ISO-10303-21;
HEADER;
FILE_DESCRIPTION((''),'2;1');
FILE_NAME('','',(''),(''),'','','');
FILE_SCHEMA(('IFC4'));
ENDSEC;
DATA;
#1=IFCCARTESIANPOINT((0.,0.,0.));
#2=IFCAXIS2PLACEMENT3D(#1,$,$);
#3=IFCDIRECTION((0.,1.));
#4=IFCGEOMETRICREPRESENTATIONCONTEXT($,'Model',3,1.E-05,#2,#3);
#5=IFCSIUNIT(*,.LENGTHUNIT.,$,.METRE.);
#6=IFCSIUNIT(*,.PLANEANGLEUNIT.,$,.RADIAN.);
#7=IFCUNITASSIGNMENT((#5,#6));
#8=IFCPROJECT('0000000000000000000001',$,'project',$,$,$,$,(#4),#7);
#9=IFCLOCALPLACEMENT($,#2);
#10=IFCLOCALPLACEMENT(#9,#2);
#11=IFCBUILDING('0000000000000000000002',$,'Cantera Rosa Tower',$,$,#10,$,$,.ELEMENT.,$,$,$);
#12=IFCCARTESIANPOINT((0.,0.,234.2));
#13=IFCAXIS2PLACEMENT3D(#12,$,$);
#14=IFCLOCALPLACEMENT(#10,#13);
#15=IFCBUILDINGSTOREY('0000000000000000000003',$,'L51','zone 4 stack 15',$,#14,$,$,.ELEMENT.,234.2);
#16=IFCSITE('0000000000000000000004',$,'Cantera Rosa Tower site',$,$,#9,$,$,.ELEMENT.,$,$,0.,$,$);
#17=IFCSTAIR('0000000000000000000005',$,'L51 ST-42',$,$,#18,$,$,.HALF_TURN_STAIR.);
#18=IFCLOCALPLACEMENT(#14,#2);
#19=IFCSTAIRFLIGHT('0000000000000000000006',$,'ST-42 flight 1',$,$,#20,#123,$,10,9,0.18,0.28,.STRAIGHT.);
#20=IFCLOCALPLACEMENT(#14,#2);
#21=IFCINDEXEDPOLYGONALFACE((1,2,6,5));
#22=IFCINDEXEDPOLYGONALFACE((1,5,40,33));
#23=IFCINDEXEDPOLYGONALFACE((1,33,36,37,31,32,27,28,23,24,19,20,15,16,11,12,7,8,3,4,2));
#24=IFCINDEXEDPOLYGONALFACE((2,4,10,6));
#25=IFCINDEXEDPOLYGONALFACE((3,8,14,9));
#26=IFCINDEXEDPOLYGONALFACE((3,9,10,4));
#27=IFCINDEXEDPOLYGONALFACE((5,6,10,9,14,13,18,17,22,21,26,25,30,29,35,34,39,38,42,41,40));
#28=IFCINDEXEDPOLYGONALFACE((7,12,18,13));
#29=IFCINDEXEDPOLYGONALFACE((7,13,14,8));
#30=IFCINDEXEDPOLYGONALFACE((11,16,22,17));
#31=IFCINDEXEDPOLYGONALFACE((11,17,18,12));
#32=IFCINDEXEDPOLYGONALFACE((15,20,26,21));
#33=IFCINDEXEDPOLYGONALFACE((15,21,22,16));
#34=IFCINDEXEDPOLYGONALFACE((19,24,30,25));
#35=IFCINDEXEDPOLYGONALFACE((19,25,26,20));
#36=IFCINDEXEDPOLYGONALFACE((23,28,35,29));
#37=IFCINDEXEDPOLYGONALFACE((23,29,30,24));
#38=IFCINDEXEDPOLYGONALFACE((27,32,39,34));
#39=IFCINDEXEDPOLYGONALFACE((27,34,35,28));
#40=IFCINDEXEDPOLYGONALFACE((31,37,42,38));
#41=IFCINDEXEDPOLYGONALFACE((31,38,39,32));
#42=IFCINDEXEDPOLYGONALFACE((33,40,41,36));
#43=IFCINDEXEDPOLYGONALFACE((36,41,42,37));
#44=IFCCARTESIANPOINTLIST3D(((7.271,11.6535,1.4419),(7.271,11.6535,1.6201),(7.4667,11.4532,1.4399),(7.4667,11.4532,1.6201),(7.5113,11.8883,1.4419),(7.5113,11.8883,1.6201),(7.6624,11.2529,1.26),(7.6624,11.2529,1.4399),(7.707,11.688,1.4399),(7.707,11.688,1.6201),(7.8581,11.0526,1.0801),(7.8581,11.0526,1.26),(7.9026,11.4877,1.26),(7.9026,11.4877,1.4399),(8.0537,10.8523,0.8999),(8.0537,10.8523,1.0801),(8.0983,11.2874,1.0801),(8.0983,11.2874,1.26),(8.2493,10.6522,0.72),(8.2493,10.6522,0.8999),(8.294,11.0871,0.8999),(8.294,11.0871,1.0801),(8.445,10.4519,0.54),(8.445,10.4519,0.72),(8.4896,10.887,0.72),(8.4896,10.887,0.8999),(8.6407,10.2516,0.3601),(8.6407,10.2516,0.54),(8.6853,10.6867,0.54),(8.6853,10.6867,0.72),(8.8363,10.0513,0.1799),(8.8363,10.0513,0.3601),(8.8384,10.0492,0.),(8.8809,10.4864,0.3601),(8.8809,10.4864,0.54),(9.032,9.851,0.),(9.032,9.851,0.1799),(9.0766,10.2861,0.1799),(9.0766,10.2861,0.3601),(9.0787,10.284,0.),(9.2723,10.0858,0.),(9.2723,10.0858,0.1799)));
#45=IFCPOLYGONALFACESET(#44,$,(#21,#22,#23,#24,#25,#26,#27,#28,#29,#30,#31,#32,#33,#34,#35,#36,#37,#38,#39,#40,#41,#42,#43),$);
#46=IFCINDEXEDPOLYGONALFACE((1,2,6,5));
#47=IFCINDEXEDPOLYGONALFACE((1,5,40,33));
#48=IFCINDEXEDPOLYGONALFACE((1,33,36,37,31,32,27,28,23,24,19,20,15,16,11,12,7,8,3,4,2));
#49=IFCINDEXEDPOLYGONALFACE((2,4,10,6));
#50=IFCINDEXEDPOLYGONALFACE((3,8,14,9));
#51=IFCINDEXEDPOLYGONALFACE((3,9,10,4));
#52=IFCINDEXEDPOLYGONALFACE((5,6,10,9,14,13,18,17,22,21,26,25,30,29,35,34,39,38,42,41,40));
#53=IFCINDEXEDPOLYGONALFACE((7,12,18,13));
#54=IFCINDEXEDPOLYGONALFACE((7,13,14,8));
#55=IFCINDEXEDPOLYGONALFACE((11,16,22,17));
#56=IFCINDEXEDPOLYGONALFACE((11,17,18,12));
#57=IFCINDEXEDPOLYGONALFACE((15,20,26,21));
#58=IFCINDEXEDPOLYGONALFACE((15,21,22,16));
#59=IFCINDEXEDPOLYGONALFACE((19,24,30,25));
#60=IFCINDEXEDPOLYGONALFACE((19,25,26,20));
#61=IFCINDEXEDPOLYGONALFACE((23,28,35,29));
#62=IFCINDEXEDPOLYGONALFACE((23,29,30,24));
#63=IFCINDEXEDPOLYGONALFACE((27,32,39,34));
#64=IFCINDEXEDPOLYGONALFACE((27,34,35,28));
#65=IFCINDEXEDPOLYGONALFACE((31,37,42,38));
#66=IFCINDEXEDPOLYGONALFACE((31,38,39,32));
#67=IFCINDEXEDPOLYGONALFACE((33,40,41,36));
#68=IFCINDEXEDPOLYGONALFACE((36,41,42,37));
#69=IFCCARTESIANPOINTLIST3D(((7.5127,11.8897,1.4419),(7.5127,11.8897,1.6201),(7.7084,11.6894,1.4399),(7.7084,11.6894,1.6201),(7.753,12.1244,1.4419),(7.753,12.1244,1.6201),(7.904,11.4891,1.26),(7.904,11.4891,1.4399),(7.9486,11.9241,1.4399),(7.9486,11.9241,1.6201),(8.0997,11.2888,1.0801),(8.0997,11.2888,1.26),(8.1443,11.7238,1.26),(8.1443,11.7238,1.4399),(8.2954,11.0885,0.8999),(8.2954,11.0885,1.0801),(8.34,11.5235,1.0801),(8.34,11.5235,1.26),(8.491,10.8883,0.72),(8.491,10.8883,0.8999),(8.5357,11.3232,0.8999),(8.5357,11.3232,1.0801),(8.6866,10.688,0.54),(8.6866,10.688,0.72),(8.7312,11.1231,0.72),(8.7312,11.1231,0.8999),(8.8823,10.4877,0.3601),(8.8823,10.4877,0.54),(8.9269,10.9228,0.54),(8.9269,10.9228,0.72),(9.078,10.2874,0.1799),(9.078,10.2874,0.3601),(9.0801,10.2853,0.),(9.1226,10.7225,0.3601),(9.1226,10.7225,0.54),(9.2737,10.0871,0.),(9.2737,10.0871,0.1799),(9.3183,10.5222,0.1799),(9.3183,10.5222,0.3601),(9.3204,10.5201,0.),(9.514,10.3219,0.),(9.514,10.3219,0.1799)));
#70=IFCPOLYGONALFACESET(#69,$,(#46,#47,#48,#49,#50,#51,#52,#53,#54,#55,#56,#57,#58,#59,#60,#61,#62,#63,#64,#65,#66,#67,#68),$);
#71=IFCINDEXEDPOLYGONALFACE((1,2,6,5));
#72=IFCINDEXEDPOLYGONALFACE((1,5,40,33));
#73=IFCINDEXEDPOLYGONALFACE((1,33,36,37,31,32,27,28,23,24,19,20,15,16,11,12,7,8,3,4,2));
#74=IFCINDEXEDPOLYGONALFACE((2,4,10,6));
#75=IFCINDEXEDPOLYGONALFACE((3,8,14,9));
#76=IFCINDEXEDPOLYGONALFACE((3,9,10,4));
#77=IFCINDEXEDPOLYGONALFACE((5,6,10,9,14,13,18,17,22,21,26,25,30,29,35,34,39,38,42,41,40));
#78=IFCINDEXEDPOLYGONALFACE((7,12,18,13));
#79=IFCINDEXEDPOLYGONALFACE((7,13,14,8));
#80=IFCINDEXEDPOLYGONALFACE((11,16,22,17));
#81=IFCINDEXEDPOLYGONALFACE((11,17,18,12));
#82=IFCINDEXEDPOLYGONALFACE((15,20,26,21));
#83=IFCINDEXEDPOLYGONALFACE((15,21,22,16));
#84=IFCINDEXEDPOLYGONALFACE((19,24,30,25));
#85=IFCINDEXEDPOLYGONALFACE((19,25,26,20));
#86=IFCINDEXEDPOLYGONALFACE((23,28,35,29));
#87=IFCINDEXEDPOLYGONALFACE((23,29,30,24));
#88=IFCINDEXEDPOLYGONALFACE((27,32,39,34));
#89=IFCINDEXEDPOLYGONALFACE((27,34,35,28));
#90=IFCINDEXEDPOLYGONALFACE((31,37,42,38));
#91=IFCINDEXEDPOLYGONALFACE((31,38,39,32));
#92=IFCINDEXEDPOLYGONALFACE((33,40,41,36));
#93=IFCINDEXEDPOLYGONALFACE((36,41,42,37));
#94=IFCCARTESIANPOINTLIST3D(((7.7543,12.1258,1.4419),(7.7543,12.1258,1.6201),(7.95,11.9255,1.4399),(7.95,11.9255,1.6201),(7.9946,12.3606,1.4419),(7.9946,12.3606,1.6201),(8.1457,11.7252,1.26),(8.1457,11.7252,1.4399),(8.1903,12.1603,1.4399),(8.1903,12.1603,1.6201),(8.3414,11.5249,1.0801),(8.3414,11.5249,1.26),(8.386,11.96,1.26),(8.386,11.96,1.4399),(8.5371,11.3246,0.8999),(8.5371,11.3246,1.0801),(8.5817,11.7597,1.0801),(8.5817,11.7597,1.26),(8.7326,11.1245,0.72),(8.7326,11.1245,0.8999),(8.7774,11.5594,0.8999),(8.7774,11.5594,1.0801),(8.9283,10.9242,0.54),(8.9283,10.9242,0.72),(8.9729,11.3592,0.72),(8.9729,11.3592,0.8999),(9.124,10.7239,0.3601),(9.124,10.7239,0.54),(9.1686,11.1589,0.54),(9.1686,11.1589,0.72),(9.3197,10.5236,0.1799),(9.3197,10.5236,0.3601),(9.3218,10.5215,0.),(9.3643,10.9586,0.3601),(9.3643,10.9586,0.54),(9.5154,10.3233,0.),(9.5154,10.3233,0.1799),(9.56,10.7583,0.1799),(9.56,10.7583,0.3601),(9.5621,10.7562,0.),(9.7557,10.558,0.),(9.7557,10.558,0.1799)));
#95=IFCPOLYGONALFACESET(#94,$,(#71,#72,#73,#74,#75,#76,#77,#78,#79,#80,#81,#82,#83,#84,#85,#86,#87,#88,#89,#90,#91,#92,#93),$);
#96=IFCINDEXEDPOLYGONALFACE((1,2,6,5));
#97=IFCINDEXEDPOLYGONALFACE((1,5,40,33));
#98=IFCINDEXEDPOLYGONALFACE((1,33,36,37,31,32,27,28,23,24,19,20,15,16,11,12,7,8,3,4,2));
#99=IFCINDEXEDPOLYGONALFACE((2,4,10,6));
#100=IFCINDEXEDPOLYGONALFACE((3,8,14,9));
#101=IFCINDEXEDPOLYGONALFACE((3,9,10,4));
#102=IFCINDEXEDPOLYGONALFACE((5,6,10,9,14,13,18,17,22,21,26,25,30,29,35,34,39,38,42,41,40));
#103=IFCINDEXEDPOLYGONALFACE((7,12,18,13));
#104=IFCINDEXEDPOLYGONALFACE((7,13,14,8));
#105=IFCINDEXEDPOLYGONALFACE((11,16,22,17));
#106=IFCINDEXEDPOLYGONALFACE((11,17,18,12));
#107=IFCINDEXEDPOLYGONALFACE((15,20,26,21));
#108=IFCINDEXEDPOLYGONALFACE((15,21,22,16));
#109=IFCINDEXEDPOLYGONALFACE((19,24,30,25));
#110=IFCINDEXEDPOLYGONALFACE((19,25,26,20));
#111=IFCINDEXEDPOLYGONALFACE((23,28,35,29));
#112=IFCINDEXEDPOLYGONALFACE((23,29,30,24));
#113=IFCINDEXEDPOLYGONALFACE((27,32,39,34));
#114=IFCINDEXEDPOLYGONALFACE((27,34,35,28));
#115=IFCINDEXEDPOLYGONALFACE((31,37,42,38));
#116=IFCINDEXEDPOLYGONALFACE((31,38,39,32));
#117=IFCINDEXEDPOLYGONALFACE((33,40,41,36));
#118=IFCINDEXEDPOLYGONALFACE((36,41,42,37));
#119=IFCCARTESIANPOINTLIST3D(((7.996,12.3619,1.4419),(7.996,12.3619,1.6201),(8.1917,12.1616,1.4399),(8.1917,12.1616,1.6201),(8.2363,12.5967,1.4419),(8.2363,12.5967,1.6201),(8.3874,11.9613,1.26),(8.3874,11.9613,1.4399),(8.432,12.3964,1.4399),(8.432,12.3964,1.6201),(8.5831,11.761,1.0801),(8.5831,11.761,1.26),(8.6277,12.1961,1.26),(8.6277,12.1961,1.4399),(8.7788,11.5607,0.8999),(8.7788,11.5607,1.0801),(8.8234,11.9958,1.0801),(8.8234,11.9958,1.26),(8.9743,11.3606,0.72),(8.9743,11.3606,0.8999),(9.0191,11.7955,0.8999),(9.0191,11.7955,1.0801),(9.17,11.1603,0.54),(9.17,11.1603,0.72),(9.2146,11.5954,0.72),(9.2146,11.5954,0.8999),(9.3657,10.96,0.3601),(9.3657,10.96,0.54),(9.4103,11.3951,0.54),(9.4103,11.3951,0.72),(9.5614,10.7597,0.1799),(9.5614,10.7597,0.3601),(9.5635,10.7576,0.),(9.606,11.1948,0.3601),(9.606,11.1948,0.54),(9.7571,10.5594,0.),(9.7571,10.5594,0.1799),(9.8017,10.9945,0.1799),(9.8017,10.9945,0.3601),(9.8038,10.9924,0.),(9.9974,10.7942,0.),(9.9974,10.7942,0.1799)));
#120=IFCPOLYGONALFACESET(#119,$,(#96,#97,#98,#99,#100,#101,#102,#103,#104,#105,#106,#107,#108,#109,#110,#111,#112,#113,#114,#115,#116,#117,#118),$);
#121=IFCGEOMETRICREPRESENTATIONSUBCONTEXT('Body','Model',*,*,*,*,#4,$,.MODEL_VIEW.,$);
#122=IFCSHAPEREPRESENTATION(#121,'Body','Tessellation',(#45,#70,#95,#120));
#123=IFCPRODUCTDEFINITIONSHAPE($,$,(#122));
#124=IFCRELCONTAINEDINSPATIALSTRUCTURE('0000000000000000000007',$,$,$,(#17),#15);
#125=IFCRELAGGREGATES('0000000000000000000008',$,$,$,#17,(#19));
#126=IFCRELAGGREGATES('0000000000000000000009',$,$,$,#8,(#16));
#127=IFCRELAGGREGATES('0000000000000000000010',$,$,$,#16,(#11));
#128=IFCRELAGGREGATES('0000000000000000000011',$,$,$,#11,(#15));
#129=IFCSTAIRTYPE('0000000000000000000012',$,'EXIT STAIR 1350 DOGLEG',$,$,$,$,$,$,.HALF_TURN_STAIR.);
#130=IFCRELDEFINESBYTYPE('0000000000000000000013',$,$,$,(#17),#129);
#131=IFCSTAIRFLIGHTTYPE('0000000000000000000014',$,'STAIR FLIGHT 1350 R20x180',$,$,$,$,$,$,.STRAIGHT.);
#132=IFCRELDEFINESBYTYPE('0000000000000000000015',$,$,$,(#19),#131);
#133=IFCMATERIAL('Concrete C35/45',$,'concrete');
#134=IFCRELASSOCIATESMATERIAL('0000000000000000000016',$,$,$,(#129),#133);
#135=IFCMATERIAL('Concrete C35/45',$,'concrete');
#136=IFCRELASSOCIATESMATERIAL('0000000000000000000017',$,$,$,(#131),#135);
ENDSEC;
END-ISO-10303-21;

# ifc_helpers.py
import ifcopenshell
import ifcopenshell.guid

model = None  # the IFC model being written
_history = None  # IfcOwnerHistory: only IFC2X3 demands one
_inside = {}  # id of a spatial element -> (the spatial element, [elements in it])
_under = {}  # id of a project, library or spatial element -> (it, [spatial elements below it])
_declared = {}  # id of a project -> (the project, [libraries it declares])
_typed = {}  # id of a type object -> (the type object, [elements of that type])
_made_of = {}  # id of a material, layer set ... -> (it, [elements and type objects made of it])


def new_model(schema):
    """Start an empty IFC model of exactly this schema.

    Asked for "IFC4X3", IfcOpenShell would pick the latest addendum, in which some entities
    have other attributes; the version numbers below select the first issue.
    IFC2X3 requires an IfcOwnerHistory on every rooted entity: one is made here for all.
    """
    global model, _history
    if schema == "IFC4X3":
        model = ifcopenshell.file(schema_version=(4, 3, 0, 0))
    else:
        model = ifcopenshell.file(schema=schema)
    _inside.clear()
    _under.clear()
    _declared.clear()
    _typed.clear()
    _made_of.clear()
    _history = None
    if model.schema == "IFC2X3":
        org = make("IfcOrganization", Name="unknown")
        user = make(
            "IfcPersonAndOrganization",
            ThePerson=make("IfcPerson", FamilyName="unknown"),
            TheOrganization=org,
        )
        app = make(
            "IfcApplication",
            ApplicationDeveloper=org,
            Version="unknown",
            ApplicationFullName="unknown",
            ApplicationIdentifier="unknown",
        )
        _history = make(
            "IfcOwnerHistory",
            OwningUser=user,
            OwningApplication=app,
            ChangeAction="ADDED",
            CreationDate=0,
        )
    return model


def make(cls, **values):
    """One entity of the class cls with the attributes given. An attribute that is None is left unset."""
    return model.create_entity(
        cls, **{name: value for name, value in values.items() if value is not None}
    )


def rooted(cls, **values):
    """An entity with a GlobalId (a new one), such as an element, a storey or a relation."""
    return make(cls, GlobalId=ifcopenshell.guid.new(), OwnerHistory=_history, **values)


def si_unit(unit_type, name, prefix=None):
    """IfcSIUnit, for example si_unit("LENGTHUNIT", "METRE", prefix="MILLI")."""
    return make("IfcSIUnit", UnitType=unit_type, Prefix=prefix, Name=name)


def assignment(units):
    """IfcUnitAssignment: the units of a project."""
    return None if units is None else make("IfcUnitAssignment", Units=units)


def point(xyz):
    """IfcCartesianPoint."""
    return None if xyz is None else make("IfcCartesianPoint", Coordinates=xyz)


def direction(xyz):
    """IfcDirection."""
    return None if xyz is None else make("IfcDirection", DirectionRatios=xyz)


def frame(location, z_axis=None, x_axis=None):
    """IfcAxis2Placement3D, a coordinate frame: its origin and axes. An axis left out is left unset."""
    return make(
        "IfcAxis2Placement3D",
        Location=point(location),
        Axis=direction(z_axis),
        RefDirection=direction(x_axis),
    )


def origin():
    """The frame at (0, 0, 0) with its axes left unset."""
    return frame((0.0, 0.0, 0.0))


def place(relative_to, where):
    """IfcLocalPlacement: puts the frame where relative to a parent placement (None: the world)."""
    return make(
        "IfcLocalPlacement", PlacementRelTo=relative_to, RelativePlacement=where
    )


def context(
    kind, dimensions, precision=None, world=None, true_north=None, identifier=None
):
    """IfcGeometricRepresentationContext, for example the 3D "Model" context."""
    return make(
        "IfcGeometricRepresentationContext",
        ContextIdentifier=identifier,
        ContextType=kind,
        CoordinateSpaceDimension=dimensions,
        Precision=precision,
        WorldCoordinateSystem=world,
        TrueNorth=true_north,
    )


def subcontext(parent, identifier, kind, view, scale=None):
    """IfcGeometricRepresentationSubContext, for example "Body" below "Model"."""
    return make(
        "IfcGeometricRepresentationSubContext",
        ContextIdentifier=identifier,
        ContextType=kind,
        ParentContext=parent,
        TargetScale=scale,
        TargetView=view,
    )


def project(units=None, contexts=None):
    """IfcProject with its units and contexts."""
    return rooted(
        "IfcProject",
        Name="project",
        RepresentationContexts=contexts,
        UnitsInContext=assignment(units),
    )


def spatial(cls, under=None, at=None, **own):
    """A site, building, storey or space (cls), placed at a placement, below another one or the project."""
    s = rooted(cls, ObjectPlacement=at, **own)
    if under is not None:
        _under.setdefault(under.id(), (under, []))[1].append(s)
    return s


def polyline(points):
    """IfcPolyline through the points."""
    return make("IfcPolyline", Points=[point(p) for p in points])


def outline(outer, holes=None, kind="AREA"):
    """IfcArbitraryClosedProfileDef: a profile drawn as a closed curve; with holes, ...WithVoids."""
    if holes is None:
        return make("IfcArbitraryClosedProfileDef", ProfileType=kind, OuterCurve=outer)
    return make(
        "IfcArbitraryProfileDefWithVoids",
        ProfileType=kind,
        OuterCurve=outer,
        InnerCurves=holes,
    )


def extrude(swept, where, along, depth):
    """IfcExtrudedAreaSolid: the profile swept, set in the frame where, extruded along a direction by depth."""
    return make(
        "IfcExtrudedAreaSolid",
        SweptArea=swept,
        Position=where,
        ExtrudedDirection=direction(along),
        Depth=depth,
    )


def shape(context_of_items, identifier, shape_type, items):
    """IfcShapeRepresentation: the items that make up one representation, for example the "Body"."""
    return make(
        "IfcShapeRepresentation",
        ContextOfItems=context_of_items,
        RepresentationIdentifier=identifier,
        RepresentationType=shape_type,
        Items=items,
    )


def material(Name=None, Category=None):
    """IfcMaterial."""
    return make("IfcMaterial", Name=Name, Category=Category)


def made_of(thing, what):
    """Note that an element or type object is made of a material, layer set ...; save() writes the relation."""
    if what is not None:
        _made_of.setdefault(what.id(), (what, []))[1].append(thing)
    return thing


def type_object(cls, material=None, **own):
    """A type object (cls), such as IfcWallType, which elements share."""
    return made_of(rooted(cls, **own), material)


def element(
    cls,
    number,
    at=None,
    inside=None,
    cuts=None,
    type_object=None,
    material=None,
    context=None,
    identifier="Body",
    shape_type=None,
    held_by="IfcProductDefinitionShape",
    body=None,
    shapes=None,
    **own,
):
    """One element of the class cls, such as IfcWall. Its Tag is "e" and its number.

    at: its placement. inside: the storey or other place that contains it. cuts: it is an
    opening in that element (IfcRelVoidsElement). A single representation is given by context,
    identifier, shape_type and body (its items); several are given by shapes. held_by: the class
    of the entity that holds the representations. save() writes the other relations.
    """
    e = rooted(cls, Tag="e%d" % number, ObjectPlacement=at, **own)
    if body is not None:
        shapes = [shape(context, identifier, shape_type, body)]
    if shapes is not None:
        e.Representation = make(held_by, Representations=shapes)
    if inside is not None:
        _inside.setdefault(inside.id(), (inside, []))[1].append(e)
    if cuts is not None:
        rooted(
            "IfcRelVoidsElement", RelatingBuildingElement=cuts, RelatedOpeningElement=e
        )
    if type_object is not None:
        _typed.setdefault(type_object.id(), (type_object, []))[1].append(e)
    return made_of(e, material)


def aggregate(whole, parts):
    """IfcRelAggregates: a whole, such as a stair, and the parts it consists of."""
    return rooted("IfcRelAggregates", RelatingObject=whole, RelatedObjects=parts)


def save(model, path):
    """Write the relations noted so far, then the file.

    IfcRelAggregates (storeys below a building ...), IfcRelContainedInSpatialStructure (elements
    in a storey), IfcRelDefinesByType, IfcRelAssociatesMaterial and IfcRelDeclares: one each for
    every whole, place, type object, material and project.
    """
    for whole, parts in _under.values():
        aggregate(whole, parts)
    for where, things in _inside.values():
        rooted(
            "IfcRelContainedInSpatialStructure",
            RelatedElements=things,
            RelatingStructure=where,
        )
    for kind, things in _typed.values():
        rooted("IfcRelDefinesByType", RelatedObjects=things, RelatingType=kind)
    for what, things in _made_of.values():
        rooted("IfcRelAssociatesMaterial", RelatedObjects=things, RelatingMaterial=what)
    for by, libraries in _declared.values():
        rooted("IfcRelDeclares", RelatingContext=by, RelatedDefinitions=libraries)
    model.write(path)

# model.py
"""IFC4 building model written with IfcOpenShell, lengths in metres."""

from ifc_helpers import new_model, si_unit, direction, frame, origin, place, context, subcontext, project, spatial, polyline, outline, extrude, material, type_object, element, aggregate, save


model = new_model("IFC4")

# Units and contexts
model_context = context("Model", 3, precision=1e-05, world=origin(), true_north=direction((0.0, 1.0)))
body_context = subcontext(model_context, "Body", "Model", "MODEL_VIEW")
ifc_project = project(units=[si_unit("LENGTHUNIT", "METRE"), si_unit("PLANEANGLEUNIT", "RADIAN")], contexts=[model_context])

# Site, building, storey
site_placement = place(None, origin())
site = spatial("IfcSite", under=ifc_project, at=site_placement, Name="Cantera Rosa Tower site", CompositionType="ELEMENT", RefElevation=0.0)
building_placement = place(site_placement, origin())
building = spatial("IfcBuilding", under=site, at=building_placement, Name="Cantera Rosa Tower", CompositionType="ELEMENT")
storey_placement = place(building_placement, frame((0.0, 0.0, 234.2)))
storey = spatial("IfcBuildingStorey", under=building, at=storey_placement, Name="L51", Description="zone 4 stack 15", CompositionType="ELEMENT", Elevation=234.2)

# Shared definitions
ifc_material_1 = material(Name="Concrete C35/45", Category="concrete")
stair_type = type_object("IfcStairType", Name="EXIT STAIR 1350 DOGLEG", PredefinedType="HALF_TURN_STAIR", material=ifc_material_1)
ifc_material_2 = material(Name="Concrete C35/45", Category="concrete")
stair_flight_type = type_object("IfcStairFlightType", Name="STAIR FLIGHT 1350 R20x180", PredefinedType="STRAIGHT", material=ifc_material_2)

# Stair, stair flight
stair_1_placement = place(storey_placement, origin())
stair_1 = element("IfcStair", 1, at=stair_1_placement, inside=storey, type_object=stair_type, Name="L51 ST-42", PredefinedType="HALF_TURN_STAIR")
stair_flight_1_placement = place(storey_placement, frame((9.5149, 10.3228, 0.0), z_axis=(0.0, 0.0, 1.0), x_axis=(-0.698832, 0.715286, 0.0)))
stair_flight_1 = element("IfcStairFlight", 2, at=stair_flight_1_placement, type_object=stair_flight_type, Name="ST-42 flight 1", NumberOfRisers=10, NumberOfTreads=9, PredefinedType="STRAIGHT", RiserHeight=0.18, TreadLength=0.28, context=body_context, shape_type="SweptSolid", body=[
    extrude(outline(polyline([(0.0, 0.0), (0.0, 0.1799), (0.28, 0.1799), (0.28, 0.3601), (0.5601, 0.3601), (0.5601, 0.54), (0.8401, 0.54), (0.8401, 0.72), (1.1201, 0.72), (1.1201, 0.8999), (1.3999, 0.8999), (1.3999, 1.0801), (1.6799, 1.0801), (1.6799, 1.26), (1.96, 1.26), (1.96, 1.4399), (2.24, 1.4399), (2.24, 1.6201), (2.52, 1.6201), (2.52, 1.8), (2.52, 1.4419), (0.2771, 0.0), (0.0, 0.0)])), frame((0.0, 0.675, 0.0), z_axis=(0.0, -1.0, 0.0), x_axis=(1.0, 0.0, 0.0)), (0.0, 0.0, 1.0), 0.3359),
    extrude(outline(polyline([(0.0, 0.0), (0.0, 0.1799), (0.28, 0.1799), (0.28, 0.3601), (0.5601, 0.3601), (0.5601, 0.54), (0.8401, 0.54), (0.8401, 0.72), (1.1201, 0.72), (1.1201, 0.8999), (1.3999, 0.8999), (1.3999, 1.0801), (1.6799, 1.0801), (1.6799, 1.26), (1.96, 1.26), (1.96, 1.4399), (2.24, 1.4399), (2.24, 1.6201), (2.52, 1.6201), (2.52, 1.8), (2.52, 1.4419), (0.2771, 0.0), (0.0, 0.0)])), frame((0.0, 0.3372, 0.0), z_axis=(0.0, -1.0, 0.0), x_axis=(1.0, 0.0, 0.0)), (0.0, 0.0, 1.0), 0.3359),
    extrude(outline(polyline([(0.0, 0.0), (0.0, 0.1799), (0.28, 0.1799), (0.28, 0.3601), (0.5601, 0.3601), (0.5601, 0.54), (0.8401, 0.54), (0.8401, 0.72), (1.1201, 0.72), (1.1201, 0.8999), (1.3999, 0.8999), (1.3999, 1.0801), (1.6799, 1.0801), (1.6799, 1.26), (1.96, 1.26), (1.96, 1.4399), (2.24, 1.4399), (2.24, 1.6201), (2.52, 1.6201), (2.52, 1.8), (2.52, 1.4419), (0.2771, 0.0), (0.0, 0.0)])), frame((0.0, -0.0007, 0.0), z_axis=(0.0, -1.0, 0.0), x_axis=(1.0, 0.0, 0.0)), (0.0, 0.0, 1.0), 0.3359),
    extrude(outline(polyline([(0.0, 0.0), (0.0, 0.1799), (0.28, 0.1799), (0.28, 0.3601), (0.5601, 0.3601), (0.5601, 0.54), (0.8401, 0.54), (0.8401, 0.72), (1.1201, 0.72), (1.1201, 0.8999), (1.3999, 0.8999), (1.3999, 1.0801), (1.6799, 1.0801), (1.6799, 1.26), (1.96, 1.26), (1.96, 1.4399), (2.24, 1.4399), (2.24, 1.6201), (2.52, 1.6201), (2.52, 1.8), (2.52, 1.4419), (0.2771, 0.0), (0.0, 0.0)])), frame((0.0, -0.3386, 0.0), z_axis=(0.0, -1.0, 0.0), x_axis=(1.0, 0.0, 0.0)), (0.0, 0.0, 1.0), 0.3359),
])
aggregate(stair_1, [stair_flight_1])

save(model, "model.ifc")
